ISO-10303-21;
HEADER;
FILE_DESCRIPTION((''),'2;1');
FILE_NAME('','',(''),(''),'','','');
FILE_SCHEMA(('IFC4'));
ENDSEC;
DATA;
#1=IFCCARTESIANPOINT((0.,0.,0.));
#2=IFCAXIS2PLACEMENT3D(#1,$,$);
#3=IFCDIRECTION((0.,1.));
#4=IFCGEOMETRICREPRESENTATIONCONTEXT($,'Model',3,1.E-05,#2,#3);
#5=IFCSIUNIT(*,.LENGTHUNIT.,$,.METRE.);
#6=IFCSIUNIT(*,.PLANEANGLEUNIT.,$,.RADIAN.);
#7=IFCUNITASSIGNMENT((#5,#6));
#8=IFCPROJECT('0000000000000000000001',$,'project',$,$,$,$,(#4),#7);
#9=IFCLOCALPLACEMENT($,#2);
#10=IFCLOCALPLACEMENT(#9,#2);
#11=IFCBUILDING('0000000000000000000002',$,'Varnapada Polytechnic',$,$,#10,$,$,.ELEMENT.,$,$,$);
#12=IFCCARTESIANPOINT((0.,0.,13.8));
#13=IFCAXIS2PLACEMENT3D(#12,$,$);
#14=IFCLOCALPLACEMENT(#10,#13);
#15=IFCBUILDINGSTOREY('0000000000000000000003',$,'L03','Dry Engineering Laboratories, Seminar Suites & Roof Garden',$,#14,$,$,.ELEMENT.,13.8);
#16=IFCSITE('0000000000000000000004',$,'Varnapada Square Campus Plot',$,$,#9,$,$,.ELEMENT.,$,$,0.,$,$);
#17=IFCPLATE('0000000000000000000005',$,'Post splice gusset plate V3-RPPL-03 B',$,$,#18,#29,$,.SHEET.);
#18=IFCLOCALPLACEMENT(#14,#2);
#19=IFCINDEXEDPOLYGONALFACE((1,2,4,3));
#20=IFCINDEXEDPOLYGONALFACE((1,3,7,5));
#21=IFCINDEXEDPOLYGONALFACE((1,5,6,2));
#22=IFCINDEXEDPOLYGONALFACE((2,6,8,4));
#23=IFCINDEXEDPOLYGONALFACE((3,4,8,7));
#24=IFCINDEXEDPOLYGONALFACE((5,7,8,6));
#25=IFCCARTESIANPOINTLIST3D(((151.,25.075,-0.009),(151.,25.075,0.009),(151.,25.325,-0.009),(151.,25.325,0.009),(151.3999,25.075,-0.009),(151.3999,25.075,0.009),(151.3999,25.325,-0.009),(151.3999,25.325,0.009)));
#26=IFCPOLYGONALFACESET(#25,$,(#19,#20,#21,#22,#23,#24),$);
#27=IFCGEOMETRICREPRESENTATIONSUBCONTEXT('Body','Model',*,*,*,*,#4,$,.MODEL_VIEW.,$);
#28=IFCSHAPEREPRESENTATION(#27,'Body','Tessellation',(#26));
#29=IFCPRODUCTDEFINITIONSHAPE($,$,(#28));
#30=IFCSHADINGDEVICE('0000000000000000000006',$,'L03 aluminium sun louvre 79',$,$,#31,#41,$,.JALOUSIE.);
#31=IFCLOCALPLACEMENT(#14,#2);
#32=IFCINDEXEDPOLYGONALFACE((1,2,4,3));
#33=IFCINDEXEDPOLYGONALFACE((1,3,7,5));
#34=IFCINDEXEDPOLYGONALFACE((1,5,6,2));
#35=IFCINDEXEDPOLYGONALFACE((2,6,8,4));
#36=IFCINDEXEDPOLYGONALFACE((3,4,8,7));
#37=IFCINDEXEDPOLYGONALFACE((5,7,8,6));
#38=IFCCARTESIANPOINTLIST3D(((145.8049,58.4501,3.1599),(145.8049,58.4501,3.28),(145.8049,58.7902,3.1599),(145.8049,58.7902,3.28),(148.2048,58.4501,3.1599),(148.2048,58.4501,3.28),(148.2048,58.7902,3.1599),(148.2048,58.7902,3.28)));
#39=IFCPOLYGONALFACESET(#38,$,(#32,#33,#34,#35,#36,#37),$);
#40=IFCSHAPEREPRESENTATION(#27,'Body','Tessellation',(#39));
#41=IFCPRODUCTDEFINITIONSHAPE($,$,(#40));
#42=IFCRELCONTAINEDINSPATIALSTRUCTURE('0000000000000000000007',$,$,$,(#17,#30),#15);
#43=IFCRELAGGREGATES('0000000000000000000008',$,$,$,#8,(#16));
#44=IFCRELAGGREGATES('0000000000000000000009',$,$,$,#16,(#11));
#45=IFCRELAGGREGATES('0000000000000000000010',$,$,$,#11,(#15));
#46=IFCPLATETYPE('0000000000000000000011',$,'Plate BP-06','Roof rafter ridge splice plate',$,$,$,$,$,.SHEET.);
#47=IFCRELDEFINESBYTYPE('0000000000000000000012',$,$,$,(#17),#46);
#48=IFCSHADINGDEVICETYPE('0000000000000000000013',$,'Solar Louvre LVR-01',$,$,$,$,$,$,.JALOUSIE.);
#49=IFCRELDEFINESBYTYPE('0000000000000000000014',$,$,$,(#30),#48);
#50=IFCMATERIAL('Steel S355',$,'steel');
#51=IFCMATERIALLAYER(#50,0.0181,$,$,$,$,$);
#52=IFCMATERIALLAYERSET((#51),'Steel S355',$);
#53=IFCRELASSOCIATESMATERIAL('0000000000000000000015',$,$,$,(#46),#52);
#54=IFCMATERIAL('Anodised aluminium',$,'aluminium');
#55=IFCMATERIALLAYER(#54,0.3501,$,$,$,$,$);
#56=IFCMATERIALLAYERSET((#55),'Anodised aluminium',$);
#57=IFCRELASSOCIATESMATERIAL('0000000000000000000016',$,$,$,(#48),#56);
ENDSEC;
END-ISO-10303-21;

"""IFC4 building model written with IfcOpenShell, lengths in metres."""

from ifc_helpers import new_model, si_unit, direction, frame, origin, origin_2d, place, context, subcontext, project, spatial, rectangle, extrude, material, layer, layer_set, type_object, element, save


model = new_model("IFC4")

# Units and contexts
model_context = context("Model", 3, precision=1e-05, world=origin(), true_north=direction((0.0, 1.0)))
body_context = subcontext(model_context, "Body", "Model", "MODEL_VIEW")
ifc_project = project(units=[si_unit("LENGTHUNIT", "METRE"), si_unit("PLANEANGLEUNIT", "RADIAN")], contexts=[model_context])

# Site, building, storey
site_placement = place(None, origin())
site = spatial("IfcSite", under=ifc_project, at=site_placement, Name="Varnapada Square Campus Plot", CompositionType="ELEMENT", RefElevation=0.0)
building_placement = place(site_placement, origin())
building = spatial("IfcBuilding", under=site, at=building_placement, Name="Varnapada Polytechnic", CompositionType="ELEMENT")
storey_placement = place(building_placement, frame((0.0, 0.0, 13.8)))
storey = spatial("IfcBuildingStorey", under=building, at=storey_placement, Name="L03", Description="Dry Engineering Laboratories, Seminar Suites & Roof Garden", CompositionType="ELEMENT", Elevation=13.8)

# Shared definitions
ifc_material_1 = material(Name="Steel S355", Category="steel")

# Plate
ifc_layer_1 = layer(ifc_material_1, 0.0181)
ifc_layer_set_1 = layer_set([ifc_layer_1], Name="Steel S355")
plate_type = type_object("IfcPlateType", Name="Plate BP-06", Description="Roof rafter ridge splice plate", PredefinedType="SHEET", material=ifc_layer_set_1)
plate_placement = place(storey_placement, frame((151.2, 25.2, -0.009), z_axis=(0.0, 0.0, 1.0), x_axis=(1.0, 0.0, 0.0)))
element("IfcPlate", 1, at=plate_placement, inside=storey, type_object=plate_type, Name="Post splice gusset plate V3-RPPL-03 B", PredefinedType="SHEET", context=body_context, shape_type="SweptSolid", body=[
    extrude(rectangle(XDim=0.3999, YDim=0.25, at=origin_2d()), origin(), (0.0, 0.0, 1.0), 0.0181),
])

# Shading device
ifc_material_2 = material(Name="Anodised aluminium", Category="aluminium")
ifc_layer_2 = layer(ifc_material_2, 0.3501)
ifc_layer_set_2 = layer_set([ifc_layer_2], Name="Anodised aluminium")
shading_device_type_1 = type_object("IfcShadingDeviceType", Name="Solar Louvre LVR-01", PredefinedType="JALOUSIE", material=ifc_layer_set_2)
shading_device_1_placement = place(storey_placement, frame((147.0049, 58.6201, 3.1599), z_axis=(0.0, 0.0, 1.0), x_axis=(-1.0, 0.0, 0.0)))
element("IfcShadingDevice", 2, at=shading_device_1_placement, inside=storey, type_object=shading_device_type_1, Name="L03 aluminium sun louvre 79", PredefinedType="JALOUSIE", context=body_context, shape_type="SweptSolid", body=[
    extrude(rectangle(XDim=2.3999, YDim=0.3401, at=origin_2d()), origin(), (0.0, 0.0, 1.0), 0.1201),
])

save(model, "model.ifc")
